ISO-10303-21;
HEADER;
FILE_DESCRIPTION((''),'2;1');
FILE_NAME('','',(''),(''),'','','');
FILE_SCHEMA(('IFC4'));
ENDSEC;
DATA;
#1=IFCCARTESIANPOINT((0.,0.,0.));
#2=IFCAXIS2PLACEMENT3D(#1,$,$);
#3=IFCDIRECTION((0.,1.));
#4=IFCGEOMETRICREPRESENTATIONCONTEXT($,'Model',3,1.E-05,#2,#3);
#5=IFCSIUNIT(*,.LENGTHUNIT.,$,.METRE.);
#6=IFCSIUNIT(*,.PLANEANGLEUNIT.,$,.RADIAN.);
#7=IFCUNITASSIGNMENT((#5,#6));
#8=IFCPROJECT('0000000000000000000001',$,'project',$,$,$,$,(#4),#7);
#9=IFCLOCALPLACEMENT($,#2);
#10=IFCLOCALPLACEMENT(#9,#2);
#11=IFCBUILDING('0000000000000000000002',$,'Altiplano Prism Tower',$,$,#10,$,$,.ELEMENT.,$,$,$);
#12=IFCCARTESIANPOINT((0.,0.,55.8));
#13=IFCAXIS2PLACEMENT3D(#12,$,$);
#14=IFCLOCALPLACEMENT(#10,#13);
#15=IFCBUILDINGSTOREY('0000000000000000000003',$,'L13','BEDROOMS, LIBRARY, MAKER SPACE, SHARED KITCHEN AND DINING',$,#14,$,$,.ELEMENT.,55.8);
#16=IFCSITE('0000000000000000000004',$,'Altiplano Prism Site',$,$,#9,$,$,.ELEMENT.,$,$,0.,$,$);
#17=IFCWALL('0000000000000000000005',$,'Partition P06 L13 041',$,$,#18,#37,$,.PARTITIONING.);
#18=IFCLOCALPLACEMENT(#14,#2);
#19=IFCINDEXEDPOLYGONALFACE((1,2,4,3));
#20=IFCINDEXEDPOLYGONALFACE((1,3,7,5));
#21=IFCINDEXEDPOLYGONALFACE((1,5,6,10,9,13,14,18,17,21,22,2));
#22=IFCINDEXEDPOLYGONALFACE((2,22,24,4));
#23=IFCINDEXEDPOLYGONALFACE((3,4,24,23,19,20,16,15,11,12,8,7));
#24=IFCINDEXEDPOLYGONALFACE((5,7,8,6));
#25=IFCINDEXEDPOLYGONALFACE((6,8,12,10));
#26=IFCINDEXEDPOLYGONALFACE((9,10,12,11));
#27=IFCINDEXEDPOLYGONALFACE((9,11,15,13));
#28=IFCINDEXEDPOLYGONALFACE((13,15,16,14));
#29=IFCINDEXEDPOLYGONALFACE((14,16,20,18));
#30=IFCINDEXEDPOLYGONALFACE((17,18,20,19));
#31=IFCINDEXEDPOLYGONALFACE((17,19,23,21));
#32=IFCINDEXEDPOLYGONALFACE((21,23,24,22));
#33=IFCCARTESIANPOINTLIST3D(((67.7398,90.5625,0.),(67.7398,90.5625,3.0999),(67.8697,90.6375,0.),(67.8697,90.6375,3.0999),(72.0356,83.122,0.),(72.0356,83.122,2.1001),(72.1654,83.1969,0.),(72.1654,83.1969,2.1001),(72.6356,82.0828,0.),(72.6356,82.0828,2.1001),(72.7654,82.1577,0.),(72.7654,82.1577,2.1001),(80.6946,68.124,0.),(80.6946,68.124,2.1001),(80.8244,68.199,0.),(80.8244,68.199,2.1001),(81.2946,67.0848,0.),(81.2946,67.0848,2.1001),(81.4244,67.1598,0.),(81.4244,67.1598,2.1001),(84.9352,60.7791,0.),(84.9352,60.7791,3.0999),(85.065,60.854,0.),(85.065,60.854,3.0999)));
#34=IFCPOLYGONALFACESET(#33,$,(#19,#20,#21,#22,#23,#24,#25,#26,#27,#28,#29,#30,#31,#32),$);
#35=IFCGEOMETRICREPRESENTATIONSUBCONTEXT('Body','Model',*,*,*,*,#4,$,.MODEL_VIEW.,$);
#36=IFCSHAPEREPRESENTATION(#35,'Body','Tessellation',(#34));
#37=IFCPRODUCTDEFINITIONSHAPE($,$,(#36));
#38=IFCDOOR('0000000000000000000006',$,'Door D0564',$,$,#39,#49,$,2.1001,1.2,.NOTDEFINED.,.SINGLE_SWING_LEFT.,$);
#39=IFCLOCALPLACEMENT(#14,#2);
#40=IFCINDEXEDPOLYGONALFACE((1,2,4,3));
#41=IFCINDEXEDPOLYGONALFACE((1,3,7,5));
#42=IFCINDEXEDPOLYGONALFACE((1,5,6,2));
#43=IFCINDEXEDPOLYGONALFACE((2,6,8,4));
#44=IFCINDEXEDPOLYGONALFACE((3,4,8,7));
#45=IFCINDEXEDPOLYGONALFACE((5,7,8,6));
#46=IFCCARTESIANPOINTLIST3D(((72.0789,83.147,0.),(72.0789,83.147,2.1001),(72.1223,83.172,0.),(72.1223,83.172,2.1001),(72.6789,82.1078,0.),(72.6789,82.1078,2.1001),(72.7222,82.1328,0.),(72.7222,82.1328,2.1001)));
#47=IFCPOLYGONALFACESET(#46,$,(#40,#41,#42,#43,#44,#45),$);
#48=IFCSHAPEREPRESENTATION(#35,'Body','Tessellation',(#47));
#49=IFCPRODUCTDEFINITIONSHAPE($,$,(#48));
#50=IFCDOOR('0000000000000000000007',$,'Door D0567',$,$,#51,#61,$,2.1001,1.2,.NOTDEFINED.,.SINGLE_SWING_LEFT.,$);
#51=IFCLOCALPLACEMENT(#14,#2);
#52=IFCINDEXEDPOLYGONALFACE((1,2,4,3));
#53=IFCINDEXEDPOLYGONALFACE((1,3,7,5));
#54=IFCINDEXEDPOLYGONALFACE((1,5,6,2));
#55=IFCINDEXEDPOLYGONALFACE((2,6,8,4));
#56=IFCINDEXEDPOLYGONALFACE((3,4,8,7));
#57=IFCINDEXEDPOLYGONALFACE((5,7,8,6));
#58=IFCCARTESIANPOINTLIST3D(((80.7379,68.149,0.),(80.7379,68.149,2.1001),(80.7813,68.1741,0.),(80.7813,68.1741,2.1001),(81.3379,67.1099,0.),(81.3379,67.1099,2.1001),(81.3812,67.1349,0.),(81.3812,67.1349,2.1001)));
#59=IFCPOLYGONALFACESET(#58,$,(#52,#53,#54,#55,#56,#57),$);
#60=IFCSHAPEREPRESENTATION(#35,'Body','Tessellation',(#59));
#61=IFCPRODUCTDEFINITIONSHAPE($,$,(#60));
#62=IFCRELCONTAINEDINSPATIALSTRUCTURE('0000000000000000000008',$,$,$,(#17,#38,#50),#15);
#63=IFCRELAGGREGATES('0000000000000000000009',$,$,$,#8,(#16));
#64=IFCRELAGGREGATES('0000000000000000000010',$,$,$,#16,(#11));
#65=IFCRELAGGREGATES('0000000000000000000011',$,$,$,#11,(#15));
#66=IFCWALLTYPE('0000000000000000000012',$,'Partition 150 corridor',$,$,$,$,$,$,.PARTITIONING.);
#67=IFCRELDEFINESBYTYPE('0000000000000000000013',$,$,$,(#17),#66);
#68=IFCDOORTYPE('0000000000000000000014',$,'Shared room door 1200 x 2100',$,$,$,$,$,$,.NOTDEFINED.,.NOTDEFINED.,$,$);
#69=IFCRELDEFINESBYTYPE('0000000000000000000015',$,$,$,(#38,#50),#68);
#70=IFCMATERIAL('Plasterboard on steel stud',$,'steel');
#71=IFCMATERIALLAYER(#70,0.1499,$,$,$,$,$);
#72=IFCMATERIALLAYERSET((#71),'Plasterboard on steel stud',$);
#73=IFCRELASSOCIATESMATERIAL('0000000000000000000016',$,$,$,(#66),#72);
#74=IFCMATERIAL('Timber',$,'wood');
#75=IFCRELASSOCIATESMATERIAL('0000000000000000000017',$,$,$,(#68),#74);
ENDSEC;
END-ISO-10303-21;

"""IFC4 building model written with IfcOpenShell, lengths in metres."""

from ifc_helpers import new_model, si_unit, direction, frame, frame_2d, origin, place, context, subcontext, project, spatial, rectangle, extrude, material, layer, layer_set, type_object, element, fill, save


model = new_model("IFC4")

# Units and contexts
model_context = context("Model", 3, precision=1e-05, world=origin(), true_north=direction((0.0, 1.0)))
body_context = subcontext(model_context, "Body", "Model", "MODEL_VIEW")
ifc_project = project(units=[si_unit("LENGTHUNIT", "METRE"), si_unit("PLANEANGLEUNIT", "RADIAN")], contexts=[model_context])

# Site, building, storey
site_placement = place(None, origin())
site = spatial("IfcSite", under=ifc_project, at=site_placement, Name="Altiplano Prism Site", CompositionType="ELEMENT", RefElevation=0.0)
building_placement = place(site_placement, origin())
building = spatial("IfcBuilding", under=site, at=building_placement, Name="Altiplano Prism Tower", CompositionType="ELEMENT")
storey_placement = place(building_placement, frame((0.0, 0.0, 55.8)))
storey = spatial("IfcBuildingStorey", under=building, at=storey_placement, Name="L13", Description="BEDROOMS, LIBRARY, MAKER SPACE, SHARED KITCHEN AND DINING", CompositionType="ELEMENT", Elevation=55.8)

# Shared definitions
ifc_material_1 = material(Name="Plasterboard on steel stud", Category="steel")
ifc_material_2 = material(Name="Timber", Category="wood")

# Shared definitions
ifc_layer_1 = layer(ifc_material_1, 0.1499)
ifc_layer_set_1 = layer_set([ifc_layer_1], Name="Plasterboard on steel stud")
wall_type_1 = type_object("IfcWallType", Name="Partition 150 corridor", PredefinedType="PARTITIONING", material=ifc_layer_set_1)

# Wall, openings, doors
door_type_1 = type_object("IfcDoorType", Name="Shared room door 1200 x 2100", OperationType="NOTDEFINED", PredefinedType="NOTDEFINED", material=ifc_material_2)
wall_1_placement = place(storey_placement, frame((85.0, 60.8167, 0.0), z_axis=(0.0, 0.0, 1.0), x_axis=(-0.499996, 0.866028, 0.0)))
wall_1 = element("IfcWall", 1, at=wall_1_placement, inside=storey, type_object=wall_type_1, Name="Partition P06 L13 041", PredefinedType="PARTITIONING", context=body_context, shape_type="SweptSolid", body=[
    extrude(rectangle(XDim=34.3909, YDim=0.1499, at=frame_2d((17.1953, 0.0))), origin(), (0.0, 0.0, 1.0), 3.0999),
])
opening_1_placement = place(wall_1_placement, frame((24.5991, 0.0, 0.0)))
opening_1 = element("IfcOpeningElement", 2, at=opening_1_placement, cuts=wall_1, PredefinedType="OPENING", context=body_context, shape_type="SweptSolid", body=[
    extrude(rectangle(XDim=1.2, YDim=2.1001, at=frame_2d((0.6001, 1.05))), frame((0.0, 0.0854, 0.0), z_axis=(0.0, -1.0, 0.0), x_axis=(1.0, 0.0, 0.0)), (0.0, 0.0, 1.0), 0.1709),
])
opening_2_placement = place(wall_1_placement, frame((7.281, 0.0, 0.0)))
opening_2 = element("IfcOpeningElement", 3, at=opening_2_placement, cuts=wall_1, PredefinedType="OPENING", context=body_context, shape_type="SweptSolid", body=[
    extrude(rectangle(XDim=1.2, YDim=2.1001, at=frame_2d((0.6001, 1.05))), frame((0.0, 0.0854, 0.0), z_axis=(0.0, -1.0, 0.0), x_axis=(1.0, 0.0, 0.0)), (0.0, 0.0, 1.0), 0.1709),
])
door_1_placement = place(opening_1_placement, origin())
door_1 = element("IfcDoor", 4, at=door_1_placement, inside=storey, type_object=door_type_1, Name="Door D0564", OperationType="SINGLE_SWING_LEFT", OverallHeight=2.1001, OverallWidth=1.2, PredefinedType="NOTDEFINED", context=body_context, shape_type="SweptSolid", body=[
    extrude(rectangle(XDim=1.2, YDim=2.1001, at=frame_2d((0.6001, 1.05))), frame((0.0, 0.0249, 0.0), z_axis=(0.0, -1.0, 0.0), x_axis=(1.0, 0.0, 0.0)), (0.0, 0.0, 1.0), 0.05),
])
fill(opening_1, door_1)
door_2_placement = place(opening_2_placement, origin())
door_2 = element("IfcDoor", 5, at=door_2_placement, inside=storey, type_object=door_type_1, Name="Door D0567", OperationType="SINGLE_SWING_LEFT", OverallHeight=2.1001, OverallWidth=1.2, PredefinedType="NOTDEFINED", context=body_context, shape_type="SweptSolid", body=[
    extrude(rectangle(XDim=1.2, YDim=2.1001, at=frame_2d((0.6001, 1.05))), frame((0.0, 0.0249, 0.0), z_axis=(0.0, -1.0, 0.0), x_axis=(1.0, 0.0, 0.0)), (0.0, 0.0, 1.0), 0.05),
])
fill(opening_2, door_2)

save(model, "model.ifc")
